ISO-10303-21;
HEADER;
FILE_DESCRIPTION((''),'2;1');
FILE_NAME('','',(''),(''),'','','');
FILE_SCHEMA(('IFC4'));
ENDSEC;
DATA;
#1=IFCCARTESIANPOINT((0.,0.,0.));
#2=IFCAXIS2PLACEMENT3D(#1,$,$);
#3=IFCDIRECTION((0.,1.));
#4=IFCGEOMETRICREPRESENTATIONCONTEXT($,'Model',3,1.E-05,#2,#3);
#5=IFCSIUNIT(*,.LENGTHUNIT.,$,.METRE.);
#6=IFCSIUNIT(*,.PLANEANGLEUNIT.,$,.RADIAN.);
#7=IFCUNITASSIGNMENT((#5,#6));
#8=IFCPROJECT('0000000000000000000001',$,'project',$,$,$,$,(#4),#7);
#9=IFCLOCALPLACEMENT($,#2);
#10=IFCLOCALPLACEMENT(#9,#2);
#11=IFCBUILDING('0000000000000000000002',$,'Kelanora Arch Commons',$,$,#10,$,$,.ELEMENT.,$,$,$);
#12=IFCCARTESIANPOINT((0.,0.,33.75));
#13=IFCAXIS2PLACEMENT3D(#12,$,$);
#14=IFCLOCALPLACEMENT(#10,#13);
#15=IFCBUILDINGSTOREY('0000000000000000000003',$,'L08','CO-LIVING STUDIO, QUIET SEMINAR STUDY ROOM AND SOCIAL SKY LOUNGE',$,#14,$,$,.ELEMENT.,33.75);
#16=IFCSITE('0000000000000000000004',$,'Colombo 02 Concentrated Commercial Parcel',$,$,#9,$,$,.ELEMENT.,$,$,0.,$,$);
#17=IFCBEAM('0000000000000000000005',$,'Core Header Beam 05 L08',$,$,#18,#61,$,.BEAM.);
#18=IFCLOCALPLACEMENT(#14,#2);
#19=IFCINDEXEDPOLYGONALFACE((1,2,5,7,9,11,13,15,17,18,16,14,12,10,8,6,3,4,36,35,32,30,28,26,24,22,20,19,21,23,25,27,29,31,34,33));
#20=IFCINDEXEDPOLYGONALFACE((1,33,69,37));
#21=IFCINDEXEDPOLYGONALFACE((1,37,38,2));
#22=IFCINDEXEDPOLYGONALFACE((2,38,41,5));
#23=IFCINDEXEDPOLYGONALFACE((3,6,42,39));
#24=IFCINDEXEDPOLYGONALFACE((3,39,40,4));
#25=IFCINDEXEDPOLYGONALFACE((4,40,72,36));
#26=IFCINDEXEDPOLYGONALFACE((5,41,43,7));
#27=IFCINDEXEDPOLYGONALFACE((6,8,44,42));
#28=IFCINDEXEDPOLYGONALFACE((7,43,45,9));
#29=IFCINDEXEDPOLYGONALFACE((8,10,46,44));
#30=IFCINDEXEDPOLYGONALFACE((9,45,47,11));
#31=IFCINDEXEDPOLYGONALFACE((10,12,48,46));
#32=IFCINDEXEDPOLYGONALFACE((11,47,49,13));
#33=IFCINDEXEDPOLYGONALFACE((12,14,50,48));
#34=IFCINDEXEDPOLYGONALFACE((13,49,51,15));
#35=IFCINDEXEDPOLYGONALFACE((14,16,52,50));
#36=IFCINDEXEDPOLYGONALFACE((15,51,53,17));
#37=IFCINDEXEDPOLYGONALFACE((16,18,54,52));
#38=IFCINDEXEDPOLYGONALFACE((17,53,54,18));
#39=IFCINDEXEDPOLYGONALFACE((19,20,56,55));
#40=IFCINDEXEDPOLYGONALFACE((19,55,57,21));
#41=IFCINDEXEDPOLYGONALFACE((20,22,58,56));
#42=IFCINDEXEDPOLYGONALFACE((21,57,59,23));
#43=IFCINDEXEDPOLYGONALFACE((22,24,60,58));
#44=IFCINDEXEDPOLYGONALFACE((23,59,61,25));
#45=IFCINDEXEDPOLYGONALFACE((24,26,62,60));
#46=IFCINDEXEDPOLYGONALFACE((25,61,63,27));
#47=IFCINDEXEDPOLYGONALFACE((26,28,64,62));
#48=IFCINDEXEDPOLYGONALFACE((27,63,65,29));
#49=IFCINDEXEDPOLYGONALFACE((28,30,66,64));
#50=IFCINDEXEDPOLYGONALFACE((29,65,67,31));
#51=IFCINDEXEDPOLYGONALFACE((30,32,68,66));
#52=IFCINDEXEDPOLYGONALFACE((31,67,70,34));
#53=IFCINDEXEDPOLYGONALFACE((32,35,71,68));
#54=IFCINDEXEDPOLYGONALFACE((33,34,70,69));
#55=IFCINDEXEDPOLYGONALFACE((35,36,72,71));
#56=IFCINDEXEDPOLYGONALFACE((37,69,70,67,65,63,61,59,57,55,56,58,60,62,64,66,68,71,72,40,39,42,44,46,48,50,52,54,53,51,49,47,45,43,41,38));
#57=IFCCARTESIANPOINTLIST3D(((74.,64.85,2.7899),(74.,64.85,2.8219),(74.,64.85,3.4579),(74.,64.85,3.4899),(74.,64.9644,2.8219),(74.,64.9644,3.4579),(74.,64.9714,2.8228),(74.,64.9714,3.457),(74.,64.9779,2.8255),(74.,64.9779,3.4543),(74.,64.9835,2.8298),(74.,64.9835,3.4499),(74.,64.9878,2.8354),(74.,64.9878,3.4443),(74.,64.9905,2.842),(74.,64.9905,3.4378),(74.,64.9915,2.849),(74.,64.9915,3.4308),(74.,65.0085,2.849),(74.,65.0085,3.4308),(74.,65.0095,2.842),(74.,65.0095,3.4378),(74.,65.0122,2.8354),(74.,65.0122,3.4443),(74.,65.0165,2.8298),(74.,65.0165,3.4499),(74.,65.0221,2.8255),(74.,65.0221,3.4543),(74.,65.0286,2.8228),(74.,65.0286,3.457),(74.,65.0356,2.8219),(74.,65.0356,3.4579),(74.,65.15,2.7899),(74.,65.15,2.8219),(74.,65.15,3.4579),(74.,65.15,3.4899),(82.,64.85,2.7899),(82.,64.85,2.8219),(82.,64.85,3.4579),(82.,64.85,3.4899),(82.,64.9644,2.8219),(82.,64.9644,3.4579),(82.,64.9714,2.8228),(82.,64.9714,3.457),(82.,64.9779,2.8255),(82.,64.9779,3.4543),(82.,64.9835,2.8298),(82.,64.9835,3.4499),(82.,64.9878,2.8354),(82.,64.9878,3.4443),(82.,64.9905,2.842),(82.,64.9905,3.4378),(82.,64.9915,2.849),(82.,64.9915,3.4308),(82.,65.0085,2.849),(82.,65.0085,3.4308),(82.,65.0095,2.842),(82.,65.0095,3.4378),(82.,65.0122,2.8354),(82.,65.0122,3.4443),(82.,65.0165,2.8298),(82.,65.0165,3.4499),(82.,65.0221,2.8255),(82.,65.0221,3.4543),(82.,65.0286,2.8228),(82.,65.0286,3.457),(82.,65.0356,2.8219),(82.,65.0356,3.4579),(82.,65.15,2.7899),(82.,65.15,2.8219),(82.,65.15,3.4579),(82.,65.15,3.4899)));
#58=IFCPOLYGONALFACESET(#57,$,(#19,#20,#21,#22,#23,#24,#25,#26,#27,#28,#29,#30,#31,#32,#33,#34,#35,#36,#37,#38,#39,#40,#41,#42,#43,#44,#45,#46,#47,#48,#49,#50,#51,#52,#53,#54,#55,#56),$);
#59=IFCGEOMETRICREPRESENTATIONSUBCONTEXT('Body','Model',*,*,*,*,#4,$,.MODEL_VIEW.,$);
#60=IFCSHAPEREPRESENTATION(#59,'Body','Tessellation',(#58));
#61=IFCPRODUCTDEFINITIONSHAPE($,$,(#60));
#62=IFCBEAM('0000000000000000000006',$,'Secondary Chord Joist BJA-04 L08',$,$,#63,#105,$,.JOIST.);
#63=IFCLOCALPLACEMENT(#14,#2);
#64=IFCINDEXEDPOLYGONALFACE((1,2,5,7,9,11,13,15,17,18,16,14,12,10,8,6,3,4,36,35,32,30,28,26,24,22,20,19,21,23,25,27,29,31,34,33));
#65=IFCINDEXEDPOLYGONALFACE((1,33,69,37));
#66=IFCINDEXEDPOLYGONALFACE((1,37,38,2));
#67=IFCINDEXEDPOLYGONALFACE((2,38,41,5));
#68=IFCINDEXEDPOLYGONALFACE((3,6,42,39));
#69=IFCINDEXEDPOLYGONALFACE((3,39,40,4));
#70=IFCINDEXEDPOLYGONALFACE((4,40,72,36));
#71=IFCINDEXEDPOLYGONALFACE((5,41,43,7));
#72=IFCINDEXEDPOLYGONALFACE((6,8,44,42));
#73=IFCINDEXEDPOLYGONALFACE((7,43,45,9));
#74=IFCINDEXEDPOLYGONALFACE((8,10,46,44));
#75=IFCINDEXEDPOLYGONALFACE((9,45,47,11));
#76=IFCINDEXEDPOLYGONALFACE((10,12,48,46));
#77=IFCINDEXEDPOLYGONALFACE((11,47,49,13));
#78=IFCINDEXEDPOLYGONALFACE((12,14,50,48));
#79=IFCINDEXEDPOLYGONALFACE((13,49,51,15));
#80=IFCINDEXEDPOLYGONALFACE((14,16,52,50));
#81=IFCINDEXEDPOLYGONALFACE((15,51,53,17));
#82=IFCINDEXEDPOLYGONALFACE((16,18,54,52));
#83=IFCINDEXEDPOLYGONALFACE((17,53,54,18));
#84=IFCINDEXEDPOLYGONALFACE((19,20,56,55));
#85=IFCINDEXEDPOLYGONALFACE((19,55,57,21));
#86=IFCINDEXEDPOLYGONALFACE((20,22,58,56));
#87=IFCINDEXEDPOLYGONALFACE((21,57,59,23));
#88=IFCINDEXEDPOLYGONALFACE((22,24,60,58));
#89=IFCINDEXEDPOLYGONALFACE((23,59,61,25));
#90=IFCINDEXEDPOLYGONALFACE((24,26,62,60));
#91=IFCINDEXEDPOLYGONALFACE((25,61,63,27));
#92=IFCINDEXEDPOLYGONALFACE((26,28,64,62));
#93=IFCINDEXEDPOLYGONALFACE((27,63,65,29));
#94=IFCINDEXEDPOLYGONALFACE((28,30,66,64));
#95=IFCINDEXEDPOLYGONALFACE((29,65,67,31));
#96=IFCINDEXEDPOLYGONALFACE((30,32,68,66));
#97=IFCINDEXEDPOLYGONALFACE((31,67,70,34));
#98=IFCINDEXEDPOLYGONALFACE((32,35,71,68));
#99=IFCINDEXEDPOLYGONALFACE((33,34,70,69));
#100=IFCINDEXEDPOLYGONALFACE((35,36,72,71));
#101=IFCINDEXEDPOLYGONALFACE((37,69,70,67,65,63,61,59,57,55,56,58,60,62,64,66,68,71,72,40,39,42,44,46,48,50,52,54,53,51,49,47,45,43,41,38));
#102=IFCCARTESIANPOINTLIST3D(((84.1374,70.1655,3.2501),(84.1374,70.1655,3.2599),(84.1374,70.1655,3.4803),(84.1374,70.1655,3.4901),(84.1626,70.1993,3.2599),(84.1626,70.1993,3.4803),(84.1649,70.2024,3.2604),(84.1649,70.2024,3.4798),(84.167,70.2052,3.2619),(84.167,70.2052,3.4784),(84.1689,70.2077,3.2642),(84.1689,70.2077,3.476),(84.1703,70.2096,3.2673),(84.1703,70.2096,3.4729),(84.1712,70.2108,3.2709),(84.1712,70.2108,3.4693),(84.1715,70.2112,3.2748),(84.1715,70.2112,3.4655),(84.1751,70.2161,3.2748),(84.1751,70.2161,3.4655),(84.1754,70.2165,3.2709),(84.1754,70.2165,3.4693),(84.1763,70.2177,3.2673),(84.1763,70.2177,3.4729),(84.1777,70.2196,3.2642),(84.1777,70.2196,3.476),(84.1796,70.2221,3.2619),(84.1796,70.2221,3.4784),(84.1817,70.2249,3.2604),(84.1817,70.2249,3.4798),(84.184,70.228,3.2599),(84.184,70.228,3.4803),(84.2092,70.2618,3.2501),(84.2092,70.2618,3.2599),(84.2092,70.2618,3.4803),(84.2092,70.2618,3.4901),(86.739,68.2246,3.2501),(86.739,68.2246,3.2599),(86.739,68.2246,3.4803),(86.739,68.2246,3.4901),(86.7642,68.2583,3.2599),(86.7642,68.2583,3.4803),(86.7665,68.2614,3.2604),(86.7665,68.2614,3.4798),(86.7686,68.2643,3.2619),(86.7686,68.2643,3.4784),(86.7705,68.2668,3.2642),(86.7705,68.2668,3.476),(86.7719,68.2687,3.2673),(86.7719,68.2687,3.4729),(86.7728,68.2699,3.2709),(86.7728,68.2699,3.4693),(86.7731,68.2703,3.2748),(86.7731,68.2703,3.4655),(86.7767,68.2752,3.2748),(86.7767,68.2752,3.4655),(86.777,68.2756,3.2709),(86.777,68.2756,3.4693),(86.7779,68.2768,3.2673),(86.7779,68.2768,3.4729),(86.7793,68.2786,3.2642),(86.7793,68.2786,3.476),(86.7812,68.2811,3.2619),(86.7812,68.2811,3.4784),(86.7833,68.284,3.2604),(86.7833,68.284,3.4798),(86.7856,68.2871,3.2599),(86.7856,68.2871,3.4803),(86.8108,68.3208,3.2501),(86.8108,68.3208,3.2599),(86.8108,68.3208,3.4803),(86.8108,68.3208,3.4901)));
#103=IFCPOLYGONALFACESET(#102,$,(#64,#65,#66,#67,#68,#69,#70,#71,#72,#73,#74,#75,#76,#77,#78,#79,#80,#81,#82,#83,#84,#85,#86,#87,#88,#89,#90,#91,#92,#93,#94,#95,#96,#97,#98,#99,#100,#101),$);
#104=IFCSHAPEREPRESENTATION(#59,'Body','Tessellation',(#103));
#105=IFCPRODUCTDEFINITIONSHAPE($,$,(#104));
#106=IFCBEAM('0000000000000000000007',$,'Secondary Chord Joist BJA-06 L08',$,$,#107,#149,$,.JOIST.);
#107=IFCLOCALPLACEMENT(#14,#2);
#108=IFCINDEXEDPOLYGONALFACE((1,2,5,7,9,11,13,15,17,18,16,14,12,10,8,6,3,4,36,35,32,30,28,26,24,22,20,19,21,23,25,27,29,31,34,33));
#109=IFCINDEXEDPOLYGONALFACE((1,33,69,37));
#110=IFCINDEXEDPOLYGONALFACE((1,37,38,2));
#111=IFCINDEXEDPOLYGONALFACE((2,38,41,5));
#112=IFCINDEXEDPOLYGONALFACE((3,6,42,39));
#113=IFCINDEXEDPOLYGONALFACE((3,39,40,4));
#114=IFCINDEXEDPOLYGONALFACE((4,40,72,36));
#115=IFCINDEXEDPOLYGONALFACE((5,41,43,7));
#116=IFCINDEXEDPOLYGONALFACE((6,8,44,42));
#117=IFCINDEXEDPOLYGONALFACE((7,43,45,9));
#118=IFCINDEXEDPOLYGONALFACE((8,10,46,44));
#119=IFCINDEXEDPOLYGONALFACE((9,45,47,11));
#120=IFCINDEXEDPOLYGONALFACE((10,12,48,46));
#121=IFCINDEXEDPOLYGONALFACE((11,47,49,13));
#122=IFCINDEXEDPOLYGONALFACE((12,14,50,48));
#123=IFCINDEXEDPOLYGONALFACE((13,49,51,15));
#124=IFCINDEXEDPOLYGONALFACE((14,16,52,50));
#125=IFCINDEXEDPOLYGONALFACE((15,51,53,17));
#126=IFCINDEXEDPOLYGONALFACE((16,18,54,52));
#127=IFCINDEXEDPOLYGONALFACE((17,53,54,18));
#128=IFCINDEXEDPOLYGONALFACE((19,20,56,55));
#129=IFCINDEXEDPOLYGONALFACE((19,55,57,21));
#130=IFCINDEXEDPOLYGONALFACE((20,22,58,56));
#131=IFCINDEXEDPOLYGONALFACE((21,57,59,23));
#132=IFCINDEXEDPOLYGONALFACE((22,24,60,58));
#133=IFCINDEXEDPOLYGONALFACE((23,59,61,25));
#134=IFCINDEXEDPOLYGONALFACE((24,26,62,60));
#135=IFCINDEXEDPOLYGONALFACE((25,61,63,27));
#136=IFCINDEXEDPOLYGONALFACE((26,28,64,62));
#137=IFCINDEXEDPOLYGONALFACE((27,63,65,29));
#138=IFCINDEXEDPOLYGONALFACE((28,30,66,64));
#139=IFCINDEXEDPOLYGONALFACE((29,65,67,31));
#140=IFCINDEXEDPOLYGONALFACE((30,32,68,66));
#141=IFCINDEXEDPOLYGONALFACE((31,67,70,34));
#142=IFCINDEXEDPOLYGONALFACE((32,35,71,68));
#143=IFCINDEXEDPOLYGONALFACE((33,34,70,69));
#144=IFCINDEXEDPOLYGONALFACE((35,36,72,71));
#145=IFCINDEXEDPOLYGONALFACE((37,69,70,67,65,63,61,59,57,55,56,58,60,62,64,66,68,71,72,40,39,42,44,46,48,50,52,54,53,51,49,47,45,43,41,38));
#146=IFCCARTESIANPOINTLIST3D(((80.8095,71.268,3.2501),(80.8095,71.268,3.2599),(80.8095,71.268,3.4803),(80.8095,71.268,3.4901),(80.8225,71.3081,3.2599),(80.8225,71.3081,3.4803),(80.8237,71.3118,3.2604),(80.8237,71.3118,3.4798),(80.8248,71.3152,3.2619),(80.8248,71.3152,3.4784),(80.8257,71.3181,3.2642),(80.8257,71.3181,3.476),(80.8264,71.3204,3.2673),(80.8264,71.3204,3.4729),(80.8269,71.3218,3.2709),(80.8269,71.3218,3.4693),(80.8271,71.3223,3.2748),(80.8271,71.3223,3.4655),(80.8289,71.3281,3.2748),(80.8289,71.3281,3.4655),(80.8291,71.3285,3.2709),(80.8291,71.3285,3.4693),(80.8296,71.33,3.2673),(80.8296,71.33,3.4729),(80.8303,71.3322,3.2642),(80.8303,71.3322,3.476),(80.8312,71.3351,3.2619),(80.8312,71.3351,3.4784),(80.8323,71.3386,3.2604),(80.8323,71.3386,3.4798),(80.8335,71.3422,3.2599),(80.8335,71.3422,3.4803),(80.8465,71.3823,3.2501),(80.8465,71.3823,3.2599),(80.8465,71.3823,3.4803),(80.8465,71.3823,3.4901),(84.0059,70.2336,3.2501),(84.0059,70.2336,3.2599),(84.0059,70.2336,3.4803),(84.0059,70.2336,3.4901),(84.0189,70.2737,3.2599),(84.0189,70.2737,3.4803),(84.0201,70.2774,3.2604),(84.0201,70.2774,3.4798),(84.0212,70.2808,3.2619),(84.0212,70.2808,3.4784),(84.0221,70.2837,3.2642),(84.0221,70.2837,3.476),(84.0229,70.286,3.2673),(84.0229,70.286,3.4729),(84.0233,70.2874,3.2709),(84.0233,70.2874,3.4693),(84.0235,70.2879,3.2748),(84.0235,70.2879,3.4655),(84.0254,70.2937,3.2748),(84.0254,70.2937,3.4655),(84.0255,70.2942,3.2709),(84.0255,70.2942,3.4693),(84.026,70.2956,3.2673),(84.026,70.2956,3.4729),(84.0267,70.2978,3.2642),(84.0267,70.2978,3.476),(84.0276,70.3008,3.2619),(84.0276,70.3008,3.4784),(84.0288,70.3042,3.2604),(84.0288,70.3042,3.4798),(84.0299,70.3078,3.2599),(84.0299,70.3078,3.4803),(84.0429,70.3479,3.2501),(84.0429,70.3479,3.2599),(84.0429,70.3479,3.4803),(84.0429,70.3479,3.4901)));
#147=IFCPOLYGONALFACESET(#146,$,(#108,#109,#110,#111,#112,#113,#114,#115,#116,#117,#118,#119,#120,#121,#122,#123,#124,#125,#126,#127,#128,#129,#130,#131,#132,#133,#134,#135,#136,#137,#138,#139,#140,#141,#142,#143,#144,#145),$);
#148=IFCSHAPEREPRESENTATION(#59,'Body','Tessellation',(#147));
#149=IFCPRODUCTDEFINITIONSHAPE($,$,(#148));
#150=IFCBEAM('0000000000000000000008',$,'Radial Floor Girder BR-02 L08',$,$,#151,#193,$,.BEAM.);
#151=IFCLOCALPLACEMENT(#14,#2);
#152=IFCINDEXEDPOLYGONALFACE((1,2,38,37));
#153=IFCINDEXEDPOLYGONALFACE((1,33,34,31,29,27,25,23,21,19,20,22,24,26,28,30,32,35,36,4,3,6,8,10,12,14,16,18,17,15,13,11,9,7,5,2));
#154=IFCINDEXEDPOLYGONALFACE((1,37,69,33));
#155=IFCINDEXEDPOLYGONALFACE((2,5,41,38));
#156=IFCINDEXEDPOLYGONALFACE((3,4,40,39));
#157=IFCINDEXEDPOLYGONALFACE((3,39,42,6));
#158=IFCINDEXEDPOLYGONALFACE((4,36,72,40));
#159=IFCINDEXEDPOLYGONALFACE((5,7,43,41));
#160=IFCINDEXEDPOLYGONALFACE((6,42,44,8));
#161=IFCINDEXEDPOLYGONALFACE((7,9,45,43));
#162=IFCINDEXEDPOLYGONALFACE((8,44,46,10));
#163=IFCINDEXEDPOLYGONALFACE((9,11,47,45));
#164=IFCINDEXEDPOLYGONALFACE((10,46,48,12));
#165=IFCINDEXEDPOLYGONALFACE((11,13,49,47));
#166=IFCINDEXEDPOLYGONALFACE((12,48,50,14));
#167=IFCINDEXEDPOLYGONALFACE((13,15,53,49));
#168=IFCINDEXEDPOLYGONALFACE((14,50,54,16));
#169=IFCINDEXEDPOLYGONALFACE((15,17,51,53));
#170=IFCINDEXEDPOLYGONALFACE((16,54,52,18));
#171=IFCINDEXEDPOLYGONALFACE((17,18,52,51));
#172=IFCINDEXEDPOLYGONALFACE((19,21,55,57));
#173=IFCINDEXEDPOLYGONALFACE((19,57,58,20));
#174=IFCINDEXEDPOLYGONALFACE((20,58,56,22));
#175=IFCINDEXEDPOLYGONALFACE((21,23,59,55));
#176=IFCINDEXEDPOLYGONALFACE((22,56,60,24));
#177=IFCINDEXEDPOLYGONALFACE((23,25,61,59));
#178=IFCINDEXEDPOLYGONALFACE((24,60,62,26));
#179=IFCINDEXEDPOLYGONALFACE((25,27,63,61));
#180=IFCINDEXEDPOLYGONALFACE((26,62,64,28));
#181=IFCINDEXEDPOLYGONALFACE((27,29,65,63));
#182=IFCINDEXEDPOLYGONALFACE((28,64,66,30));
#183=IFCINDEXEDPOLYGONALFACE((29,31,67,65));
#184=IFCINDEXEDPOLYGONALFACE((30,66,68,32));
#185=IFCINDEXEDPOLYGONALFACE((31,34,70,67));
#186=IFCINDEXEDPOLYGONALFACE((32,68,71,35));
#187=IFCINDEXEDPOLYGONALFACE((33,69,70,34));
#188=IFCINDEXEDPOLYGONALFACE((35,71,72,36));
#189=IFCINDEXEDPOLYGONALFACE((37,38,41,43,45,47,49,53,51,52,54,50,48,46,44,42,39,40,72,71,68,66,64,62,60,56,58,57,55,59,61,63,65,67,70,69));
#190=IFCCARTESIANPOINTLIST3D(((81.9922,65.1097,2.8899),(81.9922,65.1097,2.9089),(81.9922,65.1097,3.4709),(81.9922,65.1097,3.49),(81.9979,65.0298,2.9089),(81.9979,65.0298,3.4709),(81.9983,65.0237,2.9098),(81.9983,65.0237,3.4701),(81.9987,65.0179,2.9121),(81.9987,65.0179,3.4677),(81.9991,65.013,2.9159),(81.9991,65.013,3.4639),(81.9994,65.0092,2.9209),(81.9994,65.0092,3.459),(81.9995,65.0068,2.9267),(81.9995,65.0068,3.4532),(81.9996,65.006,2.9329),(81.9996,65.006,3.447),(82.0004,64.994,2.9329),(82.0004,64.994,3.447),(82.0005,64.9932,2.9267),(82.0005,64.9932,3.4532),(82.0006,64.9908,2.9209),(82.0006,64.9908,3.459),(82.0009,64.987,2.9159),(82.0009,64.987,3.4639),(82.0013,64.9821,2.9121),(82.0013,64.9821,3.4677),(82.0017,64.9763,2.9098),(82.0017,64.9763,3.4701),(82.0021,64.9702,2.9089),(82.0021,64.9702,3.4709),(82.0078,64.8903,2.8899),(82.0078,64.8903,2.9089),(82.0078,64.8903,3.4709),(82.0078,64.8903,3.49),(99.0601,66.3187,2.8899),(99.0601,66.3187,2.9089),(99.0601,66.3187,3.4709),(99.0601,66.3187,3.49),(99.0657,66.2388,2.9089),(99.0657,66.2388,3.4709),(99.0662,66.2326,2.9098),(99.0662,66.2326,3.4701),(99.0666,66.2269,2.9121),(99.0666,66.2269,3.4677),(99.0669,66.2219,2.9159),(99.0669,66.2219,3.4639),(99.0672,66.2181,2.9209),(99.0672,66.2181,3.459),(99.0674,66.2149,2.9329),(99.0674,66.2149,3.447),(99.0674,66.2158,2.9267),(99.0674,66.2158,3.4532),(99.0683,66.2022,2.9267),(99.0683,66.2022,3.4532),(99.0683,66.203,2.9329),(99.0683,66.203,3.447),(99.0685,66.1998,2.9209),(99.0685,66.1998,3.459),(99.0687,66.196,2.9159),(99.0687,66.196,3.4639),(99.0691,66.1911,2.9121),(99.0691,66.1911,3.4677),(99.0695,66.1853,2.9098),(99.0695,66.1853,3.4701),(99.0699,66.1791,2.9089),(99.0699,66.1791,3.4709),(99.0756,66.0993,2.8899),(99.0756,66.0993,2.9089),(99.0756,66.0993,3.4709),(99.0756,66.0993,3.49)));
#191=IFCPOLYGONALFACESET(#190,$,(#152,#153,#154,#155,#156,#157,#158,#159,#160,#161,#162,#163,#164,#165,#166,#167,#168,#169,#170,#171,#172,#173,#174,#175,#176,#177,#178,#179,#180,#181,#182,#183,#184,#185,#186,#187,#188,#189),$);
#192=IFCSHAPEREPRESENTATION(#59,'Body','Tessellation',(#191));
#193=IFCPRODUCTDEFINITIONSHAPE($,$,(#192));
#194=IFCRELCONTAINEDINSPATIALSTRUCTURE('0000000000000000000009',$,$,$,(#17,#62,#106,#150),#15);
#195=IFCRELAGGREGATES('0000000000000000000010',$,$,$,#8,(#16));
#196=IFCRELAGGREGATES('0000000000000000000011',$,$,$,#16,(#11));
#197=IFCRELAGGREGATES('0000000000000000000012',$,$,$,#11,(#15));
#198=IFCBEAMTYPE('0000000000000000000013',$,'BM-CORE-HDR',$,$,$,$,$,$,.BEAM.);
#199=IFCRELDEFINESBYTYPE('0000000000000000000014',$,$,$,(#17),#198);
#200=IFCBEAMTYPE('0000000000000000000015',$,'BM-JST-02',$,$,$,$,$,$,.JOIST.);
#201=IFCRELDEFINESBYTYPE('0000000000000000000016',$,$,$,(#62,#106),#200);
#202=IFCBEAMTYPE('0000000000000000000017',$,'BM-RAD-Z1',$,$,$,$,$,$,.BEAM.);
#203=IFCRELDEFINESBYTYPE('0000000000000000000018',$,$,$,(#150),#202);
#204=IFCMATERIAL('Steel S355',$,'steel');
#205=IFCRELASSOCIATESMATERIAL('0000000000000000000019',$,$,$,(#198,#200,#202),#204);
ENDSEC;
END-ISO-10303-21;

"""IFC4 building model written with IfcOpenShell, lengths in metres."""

from ifc_helpers import new_model, si_unit, direction, frame, origin, origin_2d, place, context, subcontext, project, spatial, i_section, extrude, material, material_profile, profile_set, type_object, element, save


model = new_model("IFC4")

# Units and contexts
model_context = context("Model", 3, precision=1e-05, world=origin(), true_north=direction((0.0, 1.0)))
body_context = subcontext(model_context, "Body", "Model", "MODEL_VIEW")
ifc_project = project(units=[si_unit("LENGTHUNIT", "METRE"), si_unit("PLANEANGLEUNIT", "RADIAN")], contexts=[model_context])

# Site, building, storey
site_placement = place(None, origin())
site = spatial("IfcSite", under=ifc_project, at=site_placement, Name="Colombo 02 Concentrated Commercial Parcel", CompositionType="ELEMENT", RefElevation=0.0)
building_placement = place(site_placement, origin())
building = spatial("IfcBuilding", under=site, at=building_placement, Name="Kelanora Arch Commons", CompositionType="ELEMENT")
storey_placement = place(building_placement, frame((0.0, 0.0, 33.75)))
storey = spatial("IfcBuildingStorey", under=building, at=storey_placement, Name="L08", Description="CO-LIVING STUDIO, QUIET SEMINAR STUDY ROOM AND SOCIAL SKY LOUNGE", CompositionType="ELEMENT", Elevation=33.75)

# Beams
ifc_material_1 = material(Name="Steel S355", Category="steel")
ifc_material_profile_1 = material_profile(ifc_material_1, i_section(OverallWidth=0.3, OverallDepth=0.7, WebThickness=0.0171, FlangeThickness=0.032, FilletRadius=0.0271, at=origin_2d()), Name="HEB700")
ifc_profile_set_1 = profile_set([ifc_material_profile_1], Name="Steel S355")
beam_type_1 = type_object("IfcBeamType", Name="BM-CORE-HDR", PredefinedType="BEAM", material=ifc_profile_set_1)
beam_1_placement = place(storey_placement, frame((82.0, 65.0, 3.1399), z_axis=(-1.0, 0.0, 0.0), x_axis=(0.0, -1.0, 0.0)))
element("IfcBeam", 1, at=beam_1_placement, inside=storey, type_object=beam_type_1, Name="Core Header Beam 05 L08", PredefinedType="BEAM", context=body_context, shape_type="SweptSolid", body=[
    extrude(i_section(OverallWidth=0.3, OverallDepth=0.7, WebThickness=0.0171, FlangeThickness=0.032, FilletRadius=0.0271, at=origin_2d()), origin(), (0.0, 0.0, 1.0), 8.0),
])
ifc_material_profile_2 = material_profile(ifc_material_1, i_section(OverallWidth=0.1201, OverallDepth=0.24, WebThickness=0.0061, FlangeThickness=0.0098, FilletRadius=0.0149, at=origin_2d()), Name="IPE240")
ifc_profile_set_2 = profile_set([ifc_material_profile_2], Name="Steel S355")
beam_type_2 = type_object("IfcBeamType", Name="BM-JST-02", PredefinedType="JOIST", material=ifc_profile_set_2)
beam_2_placement = place(storey_placement, frame((86.7749, 68.2727, 3.3701), z_axis=(-0.801514, 0.597976, 0.0), x_axis=(-0.597976, -0.801514, 0.0)))
element("IfcBeam", 2, at=beam_2_placement, inside=storey, type_object=beam_type_2, Name="Secondary Chord Joist BJA-04 L08", PredefinedType="JOIST", context=body_context, shape_type="SweptSolid", body=[
    extrude(i_section(OverallWidth=0.1201, OverallDepth=0.24, WebThickness=0.0061, FlangeThickness=0.0098, FilletRadius=0.0149, at=origin_2d()), origin(), (0.0, 0.0, 1.0), 3.2458),
])
beam_3_placement = place(storey_placement, frame((84.0244, 70.2908, 3.3701), z_axis=(-0.951423, 0.307888, 0.0), x_axis=(-0.307888, -0.951423, 0.0)))
element("IfcBeam", 3, at=beam_3_placement, inside=storey, type_object=beam_type_2, Name="Secondary Chord Joist BJA-06 L08", PredefinedType="JOIST", context=body_context, shape_type="SweptSolid", body=[
    extrude(i_section(OverallWidth=0.1201, OverallDepth=0.24, WebThickness=0.0061, FlangeThickness=0.0098, FilletRadius=0.0149, at=origin_2d()), origin(), (0.0, 0.0, 1.0), 3.3596),
])
ifc_material_profile_3 = material_profile(ifc_material_1, i_section(OverallWidth=0.22, OverallDepth=0.6001, WebThickness=0.012, FlangeThickness=0.019, FilletRadius=0.0239, at=origin_2d()), Name="IPE600")
ifc_profile_set_3 = profile_set([ifc_material_profile_3], Name="Steel S355")
beam_type_3 = type_object("IfcBeamType", Name="BM-RAD-Z1", PredefinedType="BEAM", material=ifc_profile_set_3)
beam_4_placement = place(storey_placement, frame((82.0, 65.0, 3.1899), z_axis=(0.997501, 0.070657, 0.0), x_axis=(-0.070657, 0.997501, 0.0)))
element("IfcBeam", 4, at=beam_4_placement, inside=storey, type_object=beam_type_3, Name="Radial Floor Girder BR-02 L08", PredefinedType="BEAM", context=body_context, shape_type="SweptSolid", body=[
    extrude(i_section(OverallWidth=0.22, OverallDepth=0.6001, WebThickness=0.012, FlangeThickness=0.019, FilletRadius=0.0239, at=origin_2d()), origin(), (0.0, 0.0, 1.0), 17.1106),
])

save(model, "model.ifc")
